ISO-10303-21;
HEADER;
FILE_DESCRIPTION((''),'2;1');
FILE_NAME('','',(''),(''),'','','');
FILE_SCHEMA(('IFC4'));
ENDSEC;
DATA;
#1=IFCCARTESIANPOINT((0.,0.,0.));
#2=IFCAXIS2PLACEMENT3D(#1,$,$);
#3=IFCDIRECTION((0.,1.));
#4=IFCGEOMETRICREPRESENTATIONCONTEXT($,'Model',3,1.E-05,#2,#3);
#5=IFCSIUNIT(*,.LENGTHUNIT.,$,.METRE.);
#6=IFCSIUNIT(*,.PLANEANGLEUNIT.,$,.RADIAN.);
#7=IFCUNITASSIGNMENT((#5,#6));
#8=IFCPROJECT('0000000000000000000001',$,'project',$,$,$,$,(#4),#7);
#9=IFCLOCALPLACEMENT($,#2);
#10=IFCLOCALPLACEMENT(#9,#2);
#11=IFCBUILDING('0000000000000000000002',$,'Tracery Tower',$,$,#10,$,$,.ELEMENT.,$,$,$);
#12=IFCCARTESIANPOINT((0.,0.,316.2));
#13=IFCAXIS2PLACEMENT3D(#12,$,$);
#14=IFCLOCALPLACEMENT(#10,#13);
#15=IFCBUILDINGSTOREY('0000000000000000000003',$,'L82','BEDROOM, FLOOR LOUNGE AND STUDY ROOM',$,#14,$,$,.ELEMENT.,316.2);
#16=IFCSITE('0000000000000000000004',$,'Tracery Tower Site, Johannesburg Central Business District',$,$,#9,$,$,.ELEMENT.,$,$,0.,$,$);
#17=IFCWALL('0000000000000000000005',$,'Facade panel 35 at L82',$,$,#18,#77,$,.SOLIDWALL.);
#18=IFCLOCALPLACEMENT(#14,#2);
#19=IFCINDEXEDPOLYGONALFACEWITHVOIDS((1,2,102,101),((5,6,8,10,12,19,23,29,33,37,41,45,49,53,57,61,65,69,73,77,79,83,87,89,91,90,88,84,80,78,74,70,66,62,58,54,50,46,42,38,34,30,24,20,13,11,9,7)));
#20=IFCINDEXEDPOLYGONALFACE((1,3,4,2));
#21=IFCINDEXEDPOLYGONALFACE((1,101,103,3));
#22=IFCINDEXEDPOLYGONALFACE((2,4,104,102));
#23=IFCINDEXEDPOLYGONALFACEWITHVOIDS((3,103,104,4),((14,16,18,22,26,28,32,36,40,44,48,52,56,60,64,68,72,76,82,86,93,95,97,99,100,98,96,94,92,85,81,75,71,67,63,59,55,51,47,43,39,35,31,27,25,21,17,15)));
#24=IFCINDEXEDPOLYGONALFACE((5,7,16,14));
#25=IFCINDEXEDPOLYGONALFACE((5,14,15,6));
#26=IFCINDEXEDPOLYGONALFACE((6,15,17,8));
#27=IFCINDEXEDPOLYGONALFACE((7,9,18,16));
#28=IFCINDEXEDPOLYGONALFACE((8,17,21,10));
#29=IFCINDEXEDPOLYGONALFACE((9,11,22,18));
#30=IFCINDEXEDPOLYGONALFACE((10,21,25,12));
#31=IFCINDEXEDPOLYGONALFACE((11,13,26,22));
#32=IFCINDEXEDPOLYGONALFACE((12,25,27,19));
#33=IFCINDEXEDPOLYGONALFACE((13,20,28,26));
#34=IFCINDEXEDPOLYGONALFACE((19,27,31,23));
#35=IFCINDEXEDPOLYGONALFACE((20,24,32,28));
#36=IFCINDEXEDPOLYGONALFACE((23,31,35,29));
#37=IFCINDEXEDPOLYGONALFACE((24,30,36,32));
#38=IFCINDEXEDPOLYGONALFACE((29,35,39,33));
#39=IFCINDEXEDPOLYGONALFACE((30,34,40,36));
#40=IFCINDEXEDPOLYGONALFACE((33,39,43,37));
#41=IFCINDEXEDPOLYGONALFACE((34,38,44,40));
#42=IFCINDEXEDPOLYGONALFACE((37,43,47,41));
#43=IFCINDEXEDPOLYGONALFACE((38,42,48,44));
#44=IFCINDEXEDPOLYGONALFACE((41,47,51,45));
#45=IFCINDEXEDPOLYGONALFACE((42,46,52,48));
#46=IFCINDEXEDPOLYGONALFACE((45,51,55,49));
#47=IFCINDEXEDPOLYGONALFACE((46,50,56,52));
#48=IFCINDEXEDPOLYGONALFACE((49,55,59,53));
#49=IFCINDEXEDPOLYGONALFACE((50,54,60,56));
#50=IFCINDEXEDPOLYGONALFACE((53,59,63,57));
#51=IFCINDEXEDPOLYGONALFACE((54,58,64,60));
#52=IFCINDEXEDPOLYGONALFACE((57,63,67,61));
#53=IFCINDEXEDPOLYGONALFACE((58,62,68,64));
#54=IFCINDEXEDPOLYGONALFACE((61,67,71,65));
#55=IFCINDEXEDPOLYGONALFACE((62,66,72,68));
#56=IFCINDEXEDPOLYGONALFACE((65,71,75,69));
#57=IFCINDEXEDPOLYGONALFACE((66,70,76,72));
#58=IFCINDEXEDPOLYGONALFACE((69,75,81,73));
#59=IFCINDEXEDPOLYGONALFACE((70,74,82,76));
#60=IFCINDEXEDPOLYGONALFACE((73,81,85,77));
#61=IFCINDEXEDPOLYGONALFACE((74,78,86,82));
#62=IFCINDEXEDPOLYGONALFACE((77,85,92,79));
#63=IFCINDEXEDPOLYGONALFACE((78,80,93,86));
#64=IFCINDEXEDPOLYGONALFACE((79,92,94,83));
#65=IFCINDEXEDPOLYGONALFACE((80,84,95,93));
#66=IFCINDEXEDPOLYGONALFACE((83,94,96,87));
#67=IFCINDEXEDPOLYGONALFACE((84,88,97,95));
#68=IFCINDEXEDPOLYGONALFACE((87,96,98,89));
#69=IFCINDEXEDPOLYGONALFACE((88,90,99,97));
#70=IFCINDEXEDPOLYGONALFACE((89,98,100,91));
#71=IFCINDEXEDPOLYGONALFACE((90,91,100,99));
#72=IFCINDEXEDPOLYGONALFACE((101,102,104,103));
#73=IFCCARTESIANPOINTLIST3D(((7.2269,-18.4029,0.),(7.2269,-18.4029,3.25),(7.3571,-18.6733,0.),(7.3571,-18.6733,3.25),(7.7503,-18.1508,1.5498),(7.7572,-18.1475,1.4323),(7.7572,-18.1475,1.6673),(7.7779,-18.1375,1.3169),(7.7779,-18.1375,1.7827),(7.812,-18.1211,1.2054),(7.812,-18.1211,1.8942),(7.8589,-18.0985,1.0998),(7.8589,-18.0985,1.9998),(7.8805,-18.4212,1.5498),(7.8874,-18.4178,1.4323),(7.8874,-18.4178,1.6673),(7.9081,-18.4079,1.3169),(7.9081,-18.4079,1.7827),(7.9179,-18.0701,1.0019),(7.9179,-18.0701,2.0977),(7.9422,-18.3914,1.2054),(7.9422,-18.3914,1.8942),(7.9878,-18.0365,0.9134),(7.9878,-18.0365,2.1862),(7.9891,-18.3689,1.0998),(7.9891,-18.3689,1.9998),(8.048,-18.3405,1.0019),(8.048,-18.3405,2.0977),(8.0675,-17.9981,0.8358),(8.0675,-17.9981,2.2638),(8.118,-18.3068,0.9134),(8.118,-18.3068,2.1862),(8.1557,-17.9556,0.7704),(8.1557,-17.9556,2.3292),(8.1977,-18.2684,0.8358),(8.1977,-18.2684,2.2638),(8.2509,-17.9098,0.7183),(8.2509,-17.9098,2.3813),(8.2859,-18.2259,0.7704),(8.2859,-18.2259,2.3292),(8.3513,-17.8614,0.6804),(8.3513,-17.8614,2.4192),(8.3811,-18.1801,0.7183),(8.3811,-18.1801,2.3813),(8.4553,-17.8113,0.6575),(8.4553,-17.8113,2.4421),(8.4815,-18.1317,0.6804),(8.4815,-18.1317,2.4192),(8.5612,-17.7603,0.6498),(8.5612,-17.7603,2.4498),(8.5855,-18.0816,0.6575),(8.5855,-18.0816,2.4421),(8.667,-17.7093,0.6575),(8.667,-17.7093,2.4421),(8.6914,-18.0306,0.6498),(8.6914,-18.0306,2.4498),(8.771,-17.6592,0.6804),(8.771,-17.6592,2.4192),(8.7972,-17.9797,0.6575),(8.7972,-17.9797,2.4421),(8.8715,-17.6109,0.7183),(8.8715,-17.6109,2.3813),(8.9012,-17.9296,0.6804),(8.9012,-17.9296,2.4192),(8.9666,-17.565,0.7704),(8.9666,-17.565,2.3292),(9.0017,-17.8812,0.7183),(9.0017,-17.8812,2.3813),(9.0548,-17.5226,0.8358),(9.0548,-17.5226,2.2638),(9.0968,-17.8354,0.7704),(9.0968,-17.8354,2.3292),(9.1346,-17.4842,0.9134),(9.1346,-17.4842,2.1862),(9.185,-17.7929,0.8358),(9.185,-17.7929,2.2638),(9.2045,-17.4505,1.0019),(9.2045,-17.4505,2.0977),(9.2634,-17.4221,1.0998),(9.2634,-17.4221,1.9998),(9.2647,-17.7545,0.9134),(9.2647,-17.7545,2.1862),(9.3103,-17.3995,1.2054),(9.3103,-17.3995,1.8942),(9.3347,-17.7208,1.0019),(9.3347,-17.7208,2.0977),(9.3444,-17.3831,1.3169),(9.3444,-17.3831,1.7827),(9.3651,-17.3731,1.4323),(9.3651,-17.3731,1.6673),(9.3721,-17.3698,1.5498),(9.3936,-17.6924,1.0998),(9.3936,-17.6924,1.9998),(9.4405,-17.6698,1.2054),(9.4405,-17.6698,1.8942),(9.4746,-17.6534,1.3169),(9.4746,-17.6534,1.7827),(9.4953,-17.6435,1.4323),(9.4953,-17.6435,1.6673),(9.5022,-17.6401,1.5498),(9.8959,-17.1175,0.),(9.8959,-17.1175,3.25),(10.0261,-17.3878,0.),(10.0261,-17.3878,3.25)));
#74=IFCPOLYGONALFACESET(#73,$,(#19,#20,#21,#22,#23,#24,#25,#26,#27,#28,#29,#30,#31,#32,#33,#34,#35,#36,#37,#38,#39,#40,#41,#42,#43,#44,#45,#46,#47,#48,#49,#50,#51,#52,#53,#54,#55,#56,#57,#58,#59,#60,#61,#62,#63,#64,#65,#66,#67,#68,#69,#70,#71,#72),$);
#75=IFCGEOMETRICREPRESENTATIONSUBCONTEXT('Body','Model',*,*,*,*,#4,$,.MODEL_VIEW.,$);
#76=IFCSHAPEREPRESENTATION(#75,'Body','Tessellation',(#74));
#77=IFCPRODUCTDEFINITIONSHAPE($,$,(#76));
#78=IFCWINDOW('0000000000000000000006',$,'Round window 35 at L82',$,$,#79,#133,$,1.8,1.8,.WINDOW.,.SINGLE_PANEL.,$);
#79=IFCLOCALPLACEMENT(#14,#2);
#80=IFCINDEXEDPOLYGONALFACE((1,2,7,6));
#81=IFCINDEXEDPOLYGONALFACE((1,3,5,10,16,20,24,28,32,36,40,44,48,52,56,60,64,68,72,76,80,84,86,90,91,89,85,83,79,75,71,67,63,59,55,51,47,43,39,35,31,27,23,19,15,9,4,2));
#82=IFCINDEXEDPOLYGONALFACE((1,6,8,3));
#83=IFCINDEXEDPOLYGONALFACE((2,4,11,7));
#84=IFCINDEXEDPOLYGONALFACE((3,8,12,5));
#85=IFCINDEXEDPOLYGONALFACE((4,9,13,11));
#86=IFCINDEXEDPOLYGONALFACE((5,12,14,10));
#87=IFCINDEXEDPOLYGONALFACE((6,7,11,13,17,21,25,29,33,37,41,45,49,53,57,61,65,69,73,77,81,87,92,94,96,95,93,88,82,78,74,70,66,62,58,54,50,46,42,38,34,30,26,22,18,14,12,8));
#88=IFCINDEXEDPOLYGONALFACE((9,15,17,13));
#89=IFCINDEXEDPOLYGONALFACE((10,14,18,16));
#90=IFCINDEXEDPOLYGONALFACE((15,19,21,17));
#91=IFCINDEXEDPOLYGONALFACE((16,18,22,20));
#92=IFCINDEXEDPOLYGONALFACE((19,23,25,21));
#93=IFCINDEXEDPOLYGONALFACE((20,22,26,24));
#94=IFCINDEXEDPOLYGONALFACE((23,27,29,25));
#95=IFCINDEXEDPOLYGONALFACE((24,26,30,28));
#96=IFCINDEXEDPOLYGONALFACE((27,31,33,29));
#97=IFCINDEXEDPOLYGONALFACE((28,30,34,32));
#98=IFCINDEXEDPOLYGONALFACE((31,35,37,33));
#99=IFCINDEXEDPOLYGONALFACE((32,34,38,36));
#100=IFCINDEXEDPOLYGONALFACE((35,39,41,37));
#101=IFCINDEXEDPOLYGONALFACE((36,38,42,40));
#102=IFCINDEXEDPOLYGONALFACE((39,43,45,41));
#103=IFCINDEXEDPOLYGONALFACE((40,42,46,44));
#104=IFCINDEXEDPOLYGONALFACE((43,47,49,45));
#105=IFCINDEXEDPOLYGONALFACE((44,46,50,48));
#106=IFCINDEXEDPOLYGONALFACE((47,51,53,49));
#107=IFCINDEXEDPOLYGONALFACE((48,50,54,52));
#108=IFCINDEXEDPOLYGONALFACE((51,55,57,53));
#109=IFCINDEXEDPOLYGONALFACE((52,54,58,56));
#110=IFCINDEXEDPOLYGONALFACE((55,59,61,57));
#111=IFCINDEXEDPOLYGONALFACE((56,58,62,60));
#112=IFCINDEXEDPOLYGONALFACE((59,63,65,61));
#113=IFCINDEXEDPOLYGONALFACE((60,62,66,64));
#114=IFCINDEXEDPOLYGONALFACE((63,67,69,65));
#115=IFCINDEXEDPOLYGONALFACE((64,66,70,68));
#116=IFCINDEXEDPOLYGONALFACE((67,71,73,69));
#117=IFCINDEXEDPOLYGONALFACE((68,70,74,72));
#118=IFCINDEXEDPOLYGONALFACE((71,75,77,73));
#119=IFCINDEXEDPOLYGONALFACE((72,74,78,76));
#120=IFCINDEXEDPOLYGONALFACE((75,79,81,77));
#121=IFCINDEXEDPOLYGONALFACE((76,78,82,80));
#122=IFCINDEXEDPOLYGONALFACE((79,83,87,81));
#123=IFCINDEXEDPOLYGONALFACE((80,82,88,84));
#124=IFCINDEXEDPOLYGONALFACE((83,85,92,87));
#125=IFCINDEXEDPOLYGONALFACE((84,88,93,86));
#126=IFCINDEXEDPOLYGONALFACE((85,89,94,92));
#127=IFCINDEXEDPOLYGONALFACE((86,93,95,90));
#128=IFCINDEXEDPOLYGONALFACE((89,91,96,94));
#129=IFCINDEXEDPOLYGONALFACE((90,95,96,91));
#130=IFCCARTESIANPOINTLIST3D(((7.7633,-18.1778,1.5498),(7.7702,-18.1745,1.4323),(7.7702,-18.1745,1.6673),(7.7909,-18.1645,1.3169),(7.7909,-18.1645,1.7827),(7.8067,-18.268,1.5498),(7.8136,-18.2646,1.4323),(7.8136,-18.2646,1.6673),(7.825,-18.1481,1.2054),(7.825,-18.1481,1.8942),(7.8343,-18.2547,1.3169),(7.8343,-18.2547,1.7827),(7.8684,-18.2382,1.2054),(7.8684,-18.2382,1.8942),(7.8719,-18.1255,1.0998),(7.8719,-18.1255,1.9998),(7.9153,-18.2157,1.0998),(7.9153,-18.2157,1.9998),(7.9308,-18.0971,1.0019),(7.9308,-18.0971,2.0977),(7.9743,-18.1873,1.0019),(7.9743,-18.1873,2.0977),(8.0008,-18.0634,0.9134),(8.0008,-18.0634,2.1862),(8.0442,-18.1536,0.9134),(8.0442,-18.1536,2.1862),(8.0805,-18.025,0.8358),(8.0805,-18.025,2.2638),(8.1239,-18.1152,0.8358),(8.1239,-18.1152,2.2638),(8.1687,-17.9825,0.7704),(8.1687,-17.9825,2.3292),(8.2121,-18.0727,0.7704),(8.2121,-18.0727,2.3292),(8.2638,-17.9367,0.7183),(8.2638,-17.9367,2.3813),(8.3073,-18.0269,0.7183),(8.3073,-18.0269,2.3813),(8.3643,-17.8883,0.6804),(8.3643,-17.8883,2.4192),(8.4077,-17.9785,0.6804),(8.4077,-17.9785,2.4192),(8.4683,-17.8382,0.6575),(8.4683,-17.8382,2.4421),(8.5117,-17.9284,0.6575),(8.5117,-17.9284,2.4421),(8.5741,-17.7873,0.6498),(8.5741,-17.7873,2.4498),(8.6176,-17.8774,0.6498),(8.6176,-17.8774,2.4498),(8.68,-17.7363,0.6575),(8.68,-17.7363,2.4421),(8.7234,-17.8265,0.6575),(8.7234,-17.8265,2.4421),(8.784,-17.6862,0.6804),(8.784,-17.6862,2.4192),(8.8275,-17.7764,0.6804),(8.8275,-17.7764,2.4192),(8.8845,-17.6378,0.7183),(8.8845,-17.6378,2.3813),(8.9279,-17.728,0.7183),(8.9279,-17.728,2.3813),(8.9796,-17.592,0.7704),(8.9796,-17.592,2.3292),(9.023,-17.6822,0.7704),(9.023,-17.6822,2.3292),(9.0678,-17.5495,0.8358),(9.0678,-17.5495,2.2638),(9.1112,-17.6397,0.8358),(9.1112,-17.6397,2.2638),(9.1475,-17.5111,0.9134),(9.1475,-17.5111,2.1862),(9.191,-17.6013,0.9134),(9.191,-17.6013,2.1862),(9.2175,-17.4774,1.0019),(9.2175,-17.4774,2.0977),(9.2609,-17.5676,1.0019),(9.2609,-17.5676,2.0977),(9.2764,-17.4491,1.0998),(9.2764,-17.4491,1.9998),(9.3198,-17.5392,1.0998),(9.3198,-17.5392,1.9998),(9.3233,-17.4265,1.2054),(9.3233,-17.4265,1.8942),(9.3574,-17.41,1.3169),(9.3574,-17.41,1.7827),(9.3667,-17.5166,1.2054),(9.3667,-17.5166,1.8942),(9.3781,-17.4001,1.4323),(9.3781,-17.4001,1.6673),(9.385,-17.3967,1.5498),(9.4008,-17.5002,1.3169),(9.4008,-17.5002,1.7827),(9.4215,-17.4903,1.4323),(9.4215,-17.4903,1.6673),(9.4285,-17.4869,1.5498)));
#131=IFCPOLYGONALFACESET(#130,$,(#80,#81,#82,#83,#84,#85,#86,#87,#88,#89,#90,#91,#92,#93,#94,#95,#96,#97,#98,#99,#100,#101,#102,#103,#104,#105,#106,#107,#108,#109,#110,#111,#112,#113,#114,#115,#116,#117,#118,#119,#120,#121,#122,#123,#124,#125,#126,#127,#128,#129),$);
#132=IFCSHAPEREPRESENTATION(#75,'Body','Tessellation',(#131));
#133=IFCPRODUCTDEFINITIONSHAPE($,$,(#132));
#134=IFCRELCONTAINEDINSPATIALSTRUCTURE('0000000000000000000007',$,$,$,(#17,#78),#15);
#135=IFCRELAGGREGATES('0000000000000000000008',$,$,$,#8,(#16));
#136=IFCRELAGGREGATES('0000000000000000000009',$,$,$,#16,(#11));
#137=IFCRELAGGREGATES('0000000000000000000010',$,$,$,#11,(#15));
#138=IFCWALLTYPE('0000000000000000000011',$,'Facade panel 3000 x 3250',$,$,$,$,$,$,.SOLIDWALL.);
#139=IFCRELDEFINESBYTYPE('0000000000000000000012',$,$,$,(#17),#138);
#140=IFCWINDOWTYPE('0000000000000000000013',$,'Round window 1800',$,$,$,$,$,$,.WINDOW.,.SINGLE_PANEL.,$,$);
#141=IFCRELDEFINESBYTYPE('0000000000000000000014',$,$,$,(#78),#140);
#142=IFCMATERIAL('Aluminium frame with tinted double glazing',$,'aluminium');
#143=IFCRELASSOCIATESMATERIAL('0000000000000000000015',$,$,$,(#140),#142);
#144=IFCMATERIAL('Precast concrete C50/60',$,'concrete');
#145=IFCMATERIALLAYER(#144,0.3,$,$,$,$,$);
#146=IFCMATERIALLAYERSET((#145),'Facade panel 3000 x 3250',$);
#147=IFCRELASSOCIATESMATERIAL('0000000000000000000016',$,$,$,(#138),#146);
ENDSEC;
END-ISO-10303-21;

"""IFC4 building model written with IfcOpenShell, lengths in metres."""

from ifc_helpers import new_model, si_unit, direction, frame, frame_2d, origin, origin_2d, place, context, subcontext, project, spatial, rectangle, circle, extrude, material, layer, layer_set, type_object, element, fill, save


model = new_model("IFC4")

# Units and contexts
model_context = context("Model", 3, precision=1e-05, world=origin(), true_north=direction((0.0, 1.0)))
body_context = subcontext(model_context, "Body", "Model", "MODEL_VIEW")
ifc_project = project(units=[si_unit("LENGTHUNIT", "METRE"), si_unit("PLANEANGLEUNIT", "RADIAN")], contexts=[model_context])

# Site, building, storey
site_placement = place(None, origin())
site = spatial("IfcSite", under=ifc_project, at=site_placement, Name="Tracery Tower Site, Johannesburg Central Business District", CompositionType="ELEMENT", RefElevation=0.0)
building_placement = place(site_placement, origin())
building = spatial("IfcBuilding", under=site, at=building_placement, Name="Tracery Tower", CompositionType="ELEMENT")
storey_placement = place(building_placement, frame((0.0, 0.0, 316.2)))
storey = spatial("IfcBuildingStorey", under=building, at=storey_placement, Name="L82", Description="BEDROOM, FLOOR LOUNGE AND STUDY ROOM", CompositionType="ELEMENT", Elevation=316.2)

# Wall, opening, window
ifc_material_1 = material(Name="Aluminium frame with tinted double glazing", Category="aluminium")
window_type = type_object("IfcWindowType", Name="Round window 1800", PartitioningType="SINGLE_PANEL", PredefinedType="WINDOW", material=ifc_material_1)
ifc_material_2 = material(Name="Precast concrete C50/60", Category="concrete")
ifc_layer_1 = layer(ifc_material_2, 0.3)
ifc_layer_set_1 = layer_set([ifc_layer_1], Name="Facade panel 3000 x 3250")
wall_type_1 = type_object("IfcWallType", Name="Facade panel 3000 x 3250", PredefinedType="SOLIDWALL", material=ifc_layer_set_1)
wall_1_placement = place(storey_placement, frame((7.292, -18.5381, 0.0), z_axis=(0.0, 0.0, 1.0), x_axis=(0.900955, 0.433912, 0.0)))
wall_1 = element("IfcWall", 1, at=wall_1_placement, inside=storey, type_object=wall_type_1, Name="Facade panel 35 at L82", PredefinedType="SOLIDWALL", context=body_context, shape_type="SweptSolid", body=[
    extrude(rectangle(XDim=2.9624, YDim=0.3, at=frame_2d((1.4812, 0.0))), origin(), (0.0, 0.0, 1.0), 3.25),
])
opening_1_placement = place(wall_1_placement, frame((1.481, 0.0, 1.5498)))
opening_1 = element("IfcOpeningElement", 2, at=opening_1_placement, cuts=wall_1, PredefinedType="OPENING", context=body_context, shape_type="SweptSolid", body=[
    extrude(circle(Radius=0.9, at=origin_2d()), frame((0.0, 0.1599, 0.0), z_axis=(0.0, -1.0, 0.0), x_axis=(1.0, 0.0, 0.0)), (0.0, 0.0, 1.0), 0.3201),
])
window_1_placement = place(opening_1_placement, origin())
window_1 = element("IfcWindow", 3, at=window_1_placement, inside=storey, type_object=window_type, Name="Round window 35 at L82", OverallHeight=1.8, OverallWidth=1.8, PartitioningType="SINGLE_PANEL", PredefinedType="WINDOW", context=body_context, shape_type="SweptSolid", body=[
    extrude(circle(Radius=0.9, at=origin_2d()), frame((0.0, 0.1201, 0.0), z_axis=(0.0, -1.0, 0.0), x_axis=(1.0, 0.0, 0.0)), (0.0, 0.0, 1.0), 0.1001),
])
fill(opening_1, window_1)

save(model, "model.ifc")
